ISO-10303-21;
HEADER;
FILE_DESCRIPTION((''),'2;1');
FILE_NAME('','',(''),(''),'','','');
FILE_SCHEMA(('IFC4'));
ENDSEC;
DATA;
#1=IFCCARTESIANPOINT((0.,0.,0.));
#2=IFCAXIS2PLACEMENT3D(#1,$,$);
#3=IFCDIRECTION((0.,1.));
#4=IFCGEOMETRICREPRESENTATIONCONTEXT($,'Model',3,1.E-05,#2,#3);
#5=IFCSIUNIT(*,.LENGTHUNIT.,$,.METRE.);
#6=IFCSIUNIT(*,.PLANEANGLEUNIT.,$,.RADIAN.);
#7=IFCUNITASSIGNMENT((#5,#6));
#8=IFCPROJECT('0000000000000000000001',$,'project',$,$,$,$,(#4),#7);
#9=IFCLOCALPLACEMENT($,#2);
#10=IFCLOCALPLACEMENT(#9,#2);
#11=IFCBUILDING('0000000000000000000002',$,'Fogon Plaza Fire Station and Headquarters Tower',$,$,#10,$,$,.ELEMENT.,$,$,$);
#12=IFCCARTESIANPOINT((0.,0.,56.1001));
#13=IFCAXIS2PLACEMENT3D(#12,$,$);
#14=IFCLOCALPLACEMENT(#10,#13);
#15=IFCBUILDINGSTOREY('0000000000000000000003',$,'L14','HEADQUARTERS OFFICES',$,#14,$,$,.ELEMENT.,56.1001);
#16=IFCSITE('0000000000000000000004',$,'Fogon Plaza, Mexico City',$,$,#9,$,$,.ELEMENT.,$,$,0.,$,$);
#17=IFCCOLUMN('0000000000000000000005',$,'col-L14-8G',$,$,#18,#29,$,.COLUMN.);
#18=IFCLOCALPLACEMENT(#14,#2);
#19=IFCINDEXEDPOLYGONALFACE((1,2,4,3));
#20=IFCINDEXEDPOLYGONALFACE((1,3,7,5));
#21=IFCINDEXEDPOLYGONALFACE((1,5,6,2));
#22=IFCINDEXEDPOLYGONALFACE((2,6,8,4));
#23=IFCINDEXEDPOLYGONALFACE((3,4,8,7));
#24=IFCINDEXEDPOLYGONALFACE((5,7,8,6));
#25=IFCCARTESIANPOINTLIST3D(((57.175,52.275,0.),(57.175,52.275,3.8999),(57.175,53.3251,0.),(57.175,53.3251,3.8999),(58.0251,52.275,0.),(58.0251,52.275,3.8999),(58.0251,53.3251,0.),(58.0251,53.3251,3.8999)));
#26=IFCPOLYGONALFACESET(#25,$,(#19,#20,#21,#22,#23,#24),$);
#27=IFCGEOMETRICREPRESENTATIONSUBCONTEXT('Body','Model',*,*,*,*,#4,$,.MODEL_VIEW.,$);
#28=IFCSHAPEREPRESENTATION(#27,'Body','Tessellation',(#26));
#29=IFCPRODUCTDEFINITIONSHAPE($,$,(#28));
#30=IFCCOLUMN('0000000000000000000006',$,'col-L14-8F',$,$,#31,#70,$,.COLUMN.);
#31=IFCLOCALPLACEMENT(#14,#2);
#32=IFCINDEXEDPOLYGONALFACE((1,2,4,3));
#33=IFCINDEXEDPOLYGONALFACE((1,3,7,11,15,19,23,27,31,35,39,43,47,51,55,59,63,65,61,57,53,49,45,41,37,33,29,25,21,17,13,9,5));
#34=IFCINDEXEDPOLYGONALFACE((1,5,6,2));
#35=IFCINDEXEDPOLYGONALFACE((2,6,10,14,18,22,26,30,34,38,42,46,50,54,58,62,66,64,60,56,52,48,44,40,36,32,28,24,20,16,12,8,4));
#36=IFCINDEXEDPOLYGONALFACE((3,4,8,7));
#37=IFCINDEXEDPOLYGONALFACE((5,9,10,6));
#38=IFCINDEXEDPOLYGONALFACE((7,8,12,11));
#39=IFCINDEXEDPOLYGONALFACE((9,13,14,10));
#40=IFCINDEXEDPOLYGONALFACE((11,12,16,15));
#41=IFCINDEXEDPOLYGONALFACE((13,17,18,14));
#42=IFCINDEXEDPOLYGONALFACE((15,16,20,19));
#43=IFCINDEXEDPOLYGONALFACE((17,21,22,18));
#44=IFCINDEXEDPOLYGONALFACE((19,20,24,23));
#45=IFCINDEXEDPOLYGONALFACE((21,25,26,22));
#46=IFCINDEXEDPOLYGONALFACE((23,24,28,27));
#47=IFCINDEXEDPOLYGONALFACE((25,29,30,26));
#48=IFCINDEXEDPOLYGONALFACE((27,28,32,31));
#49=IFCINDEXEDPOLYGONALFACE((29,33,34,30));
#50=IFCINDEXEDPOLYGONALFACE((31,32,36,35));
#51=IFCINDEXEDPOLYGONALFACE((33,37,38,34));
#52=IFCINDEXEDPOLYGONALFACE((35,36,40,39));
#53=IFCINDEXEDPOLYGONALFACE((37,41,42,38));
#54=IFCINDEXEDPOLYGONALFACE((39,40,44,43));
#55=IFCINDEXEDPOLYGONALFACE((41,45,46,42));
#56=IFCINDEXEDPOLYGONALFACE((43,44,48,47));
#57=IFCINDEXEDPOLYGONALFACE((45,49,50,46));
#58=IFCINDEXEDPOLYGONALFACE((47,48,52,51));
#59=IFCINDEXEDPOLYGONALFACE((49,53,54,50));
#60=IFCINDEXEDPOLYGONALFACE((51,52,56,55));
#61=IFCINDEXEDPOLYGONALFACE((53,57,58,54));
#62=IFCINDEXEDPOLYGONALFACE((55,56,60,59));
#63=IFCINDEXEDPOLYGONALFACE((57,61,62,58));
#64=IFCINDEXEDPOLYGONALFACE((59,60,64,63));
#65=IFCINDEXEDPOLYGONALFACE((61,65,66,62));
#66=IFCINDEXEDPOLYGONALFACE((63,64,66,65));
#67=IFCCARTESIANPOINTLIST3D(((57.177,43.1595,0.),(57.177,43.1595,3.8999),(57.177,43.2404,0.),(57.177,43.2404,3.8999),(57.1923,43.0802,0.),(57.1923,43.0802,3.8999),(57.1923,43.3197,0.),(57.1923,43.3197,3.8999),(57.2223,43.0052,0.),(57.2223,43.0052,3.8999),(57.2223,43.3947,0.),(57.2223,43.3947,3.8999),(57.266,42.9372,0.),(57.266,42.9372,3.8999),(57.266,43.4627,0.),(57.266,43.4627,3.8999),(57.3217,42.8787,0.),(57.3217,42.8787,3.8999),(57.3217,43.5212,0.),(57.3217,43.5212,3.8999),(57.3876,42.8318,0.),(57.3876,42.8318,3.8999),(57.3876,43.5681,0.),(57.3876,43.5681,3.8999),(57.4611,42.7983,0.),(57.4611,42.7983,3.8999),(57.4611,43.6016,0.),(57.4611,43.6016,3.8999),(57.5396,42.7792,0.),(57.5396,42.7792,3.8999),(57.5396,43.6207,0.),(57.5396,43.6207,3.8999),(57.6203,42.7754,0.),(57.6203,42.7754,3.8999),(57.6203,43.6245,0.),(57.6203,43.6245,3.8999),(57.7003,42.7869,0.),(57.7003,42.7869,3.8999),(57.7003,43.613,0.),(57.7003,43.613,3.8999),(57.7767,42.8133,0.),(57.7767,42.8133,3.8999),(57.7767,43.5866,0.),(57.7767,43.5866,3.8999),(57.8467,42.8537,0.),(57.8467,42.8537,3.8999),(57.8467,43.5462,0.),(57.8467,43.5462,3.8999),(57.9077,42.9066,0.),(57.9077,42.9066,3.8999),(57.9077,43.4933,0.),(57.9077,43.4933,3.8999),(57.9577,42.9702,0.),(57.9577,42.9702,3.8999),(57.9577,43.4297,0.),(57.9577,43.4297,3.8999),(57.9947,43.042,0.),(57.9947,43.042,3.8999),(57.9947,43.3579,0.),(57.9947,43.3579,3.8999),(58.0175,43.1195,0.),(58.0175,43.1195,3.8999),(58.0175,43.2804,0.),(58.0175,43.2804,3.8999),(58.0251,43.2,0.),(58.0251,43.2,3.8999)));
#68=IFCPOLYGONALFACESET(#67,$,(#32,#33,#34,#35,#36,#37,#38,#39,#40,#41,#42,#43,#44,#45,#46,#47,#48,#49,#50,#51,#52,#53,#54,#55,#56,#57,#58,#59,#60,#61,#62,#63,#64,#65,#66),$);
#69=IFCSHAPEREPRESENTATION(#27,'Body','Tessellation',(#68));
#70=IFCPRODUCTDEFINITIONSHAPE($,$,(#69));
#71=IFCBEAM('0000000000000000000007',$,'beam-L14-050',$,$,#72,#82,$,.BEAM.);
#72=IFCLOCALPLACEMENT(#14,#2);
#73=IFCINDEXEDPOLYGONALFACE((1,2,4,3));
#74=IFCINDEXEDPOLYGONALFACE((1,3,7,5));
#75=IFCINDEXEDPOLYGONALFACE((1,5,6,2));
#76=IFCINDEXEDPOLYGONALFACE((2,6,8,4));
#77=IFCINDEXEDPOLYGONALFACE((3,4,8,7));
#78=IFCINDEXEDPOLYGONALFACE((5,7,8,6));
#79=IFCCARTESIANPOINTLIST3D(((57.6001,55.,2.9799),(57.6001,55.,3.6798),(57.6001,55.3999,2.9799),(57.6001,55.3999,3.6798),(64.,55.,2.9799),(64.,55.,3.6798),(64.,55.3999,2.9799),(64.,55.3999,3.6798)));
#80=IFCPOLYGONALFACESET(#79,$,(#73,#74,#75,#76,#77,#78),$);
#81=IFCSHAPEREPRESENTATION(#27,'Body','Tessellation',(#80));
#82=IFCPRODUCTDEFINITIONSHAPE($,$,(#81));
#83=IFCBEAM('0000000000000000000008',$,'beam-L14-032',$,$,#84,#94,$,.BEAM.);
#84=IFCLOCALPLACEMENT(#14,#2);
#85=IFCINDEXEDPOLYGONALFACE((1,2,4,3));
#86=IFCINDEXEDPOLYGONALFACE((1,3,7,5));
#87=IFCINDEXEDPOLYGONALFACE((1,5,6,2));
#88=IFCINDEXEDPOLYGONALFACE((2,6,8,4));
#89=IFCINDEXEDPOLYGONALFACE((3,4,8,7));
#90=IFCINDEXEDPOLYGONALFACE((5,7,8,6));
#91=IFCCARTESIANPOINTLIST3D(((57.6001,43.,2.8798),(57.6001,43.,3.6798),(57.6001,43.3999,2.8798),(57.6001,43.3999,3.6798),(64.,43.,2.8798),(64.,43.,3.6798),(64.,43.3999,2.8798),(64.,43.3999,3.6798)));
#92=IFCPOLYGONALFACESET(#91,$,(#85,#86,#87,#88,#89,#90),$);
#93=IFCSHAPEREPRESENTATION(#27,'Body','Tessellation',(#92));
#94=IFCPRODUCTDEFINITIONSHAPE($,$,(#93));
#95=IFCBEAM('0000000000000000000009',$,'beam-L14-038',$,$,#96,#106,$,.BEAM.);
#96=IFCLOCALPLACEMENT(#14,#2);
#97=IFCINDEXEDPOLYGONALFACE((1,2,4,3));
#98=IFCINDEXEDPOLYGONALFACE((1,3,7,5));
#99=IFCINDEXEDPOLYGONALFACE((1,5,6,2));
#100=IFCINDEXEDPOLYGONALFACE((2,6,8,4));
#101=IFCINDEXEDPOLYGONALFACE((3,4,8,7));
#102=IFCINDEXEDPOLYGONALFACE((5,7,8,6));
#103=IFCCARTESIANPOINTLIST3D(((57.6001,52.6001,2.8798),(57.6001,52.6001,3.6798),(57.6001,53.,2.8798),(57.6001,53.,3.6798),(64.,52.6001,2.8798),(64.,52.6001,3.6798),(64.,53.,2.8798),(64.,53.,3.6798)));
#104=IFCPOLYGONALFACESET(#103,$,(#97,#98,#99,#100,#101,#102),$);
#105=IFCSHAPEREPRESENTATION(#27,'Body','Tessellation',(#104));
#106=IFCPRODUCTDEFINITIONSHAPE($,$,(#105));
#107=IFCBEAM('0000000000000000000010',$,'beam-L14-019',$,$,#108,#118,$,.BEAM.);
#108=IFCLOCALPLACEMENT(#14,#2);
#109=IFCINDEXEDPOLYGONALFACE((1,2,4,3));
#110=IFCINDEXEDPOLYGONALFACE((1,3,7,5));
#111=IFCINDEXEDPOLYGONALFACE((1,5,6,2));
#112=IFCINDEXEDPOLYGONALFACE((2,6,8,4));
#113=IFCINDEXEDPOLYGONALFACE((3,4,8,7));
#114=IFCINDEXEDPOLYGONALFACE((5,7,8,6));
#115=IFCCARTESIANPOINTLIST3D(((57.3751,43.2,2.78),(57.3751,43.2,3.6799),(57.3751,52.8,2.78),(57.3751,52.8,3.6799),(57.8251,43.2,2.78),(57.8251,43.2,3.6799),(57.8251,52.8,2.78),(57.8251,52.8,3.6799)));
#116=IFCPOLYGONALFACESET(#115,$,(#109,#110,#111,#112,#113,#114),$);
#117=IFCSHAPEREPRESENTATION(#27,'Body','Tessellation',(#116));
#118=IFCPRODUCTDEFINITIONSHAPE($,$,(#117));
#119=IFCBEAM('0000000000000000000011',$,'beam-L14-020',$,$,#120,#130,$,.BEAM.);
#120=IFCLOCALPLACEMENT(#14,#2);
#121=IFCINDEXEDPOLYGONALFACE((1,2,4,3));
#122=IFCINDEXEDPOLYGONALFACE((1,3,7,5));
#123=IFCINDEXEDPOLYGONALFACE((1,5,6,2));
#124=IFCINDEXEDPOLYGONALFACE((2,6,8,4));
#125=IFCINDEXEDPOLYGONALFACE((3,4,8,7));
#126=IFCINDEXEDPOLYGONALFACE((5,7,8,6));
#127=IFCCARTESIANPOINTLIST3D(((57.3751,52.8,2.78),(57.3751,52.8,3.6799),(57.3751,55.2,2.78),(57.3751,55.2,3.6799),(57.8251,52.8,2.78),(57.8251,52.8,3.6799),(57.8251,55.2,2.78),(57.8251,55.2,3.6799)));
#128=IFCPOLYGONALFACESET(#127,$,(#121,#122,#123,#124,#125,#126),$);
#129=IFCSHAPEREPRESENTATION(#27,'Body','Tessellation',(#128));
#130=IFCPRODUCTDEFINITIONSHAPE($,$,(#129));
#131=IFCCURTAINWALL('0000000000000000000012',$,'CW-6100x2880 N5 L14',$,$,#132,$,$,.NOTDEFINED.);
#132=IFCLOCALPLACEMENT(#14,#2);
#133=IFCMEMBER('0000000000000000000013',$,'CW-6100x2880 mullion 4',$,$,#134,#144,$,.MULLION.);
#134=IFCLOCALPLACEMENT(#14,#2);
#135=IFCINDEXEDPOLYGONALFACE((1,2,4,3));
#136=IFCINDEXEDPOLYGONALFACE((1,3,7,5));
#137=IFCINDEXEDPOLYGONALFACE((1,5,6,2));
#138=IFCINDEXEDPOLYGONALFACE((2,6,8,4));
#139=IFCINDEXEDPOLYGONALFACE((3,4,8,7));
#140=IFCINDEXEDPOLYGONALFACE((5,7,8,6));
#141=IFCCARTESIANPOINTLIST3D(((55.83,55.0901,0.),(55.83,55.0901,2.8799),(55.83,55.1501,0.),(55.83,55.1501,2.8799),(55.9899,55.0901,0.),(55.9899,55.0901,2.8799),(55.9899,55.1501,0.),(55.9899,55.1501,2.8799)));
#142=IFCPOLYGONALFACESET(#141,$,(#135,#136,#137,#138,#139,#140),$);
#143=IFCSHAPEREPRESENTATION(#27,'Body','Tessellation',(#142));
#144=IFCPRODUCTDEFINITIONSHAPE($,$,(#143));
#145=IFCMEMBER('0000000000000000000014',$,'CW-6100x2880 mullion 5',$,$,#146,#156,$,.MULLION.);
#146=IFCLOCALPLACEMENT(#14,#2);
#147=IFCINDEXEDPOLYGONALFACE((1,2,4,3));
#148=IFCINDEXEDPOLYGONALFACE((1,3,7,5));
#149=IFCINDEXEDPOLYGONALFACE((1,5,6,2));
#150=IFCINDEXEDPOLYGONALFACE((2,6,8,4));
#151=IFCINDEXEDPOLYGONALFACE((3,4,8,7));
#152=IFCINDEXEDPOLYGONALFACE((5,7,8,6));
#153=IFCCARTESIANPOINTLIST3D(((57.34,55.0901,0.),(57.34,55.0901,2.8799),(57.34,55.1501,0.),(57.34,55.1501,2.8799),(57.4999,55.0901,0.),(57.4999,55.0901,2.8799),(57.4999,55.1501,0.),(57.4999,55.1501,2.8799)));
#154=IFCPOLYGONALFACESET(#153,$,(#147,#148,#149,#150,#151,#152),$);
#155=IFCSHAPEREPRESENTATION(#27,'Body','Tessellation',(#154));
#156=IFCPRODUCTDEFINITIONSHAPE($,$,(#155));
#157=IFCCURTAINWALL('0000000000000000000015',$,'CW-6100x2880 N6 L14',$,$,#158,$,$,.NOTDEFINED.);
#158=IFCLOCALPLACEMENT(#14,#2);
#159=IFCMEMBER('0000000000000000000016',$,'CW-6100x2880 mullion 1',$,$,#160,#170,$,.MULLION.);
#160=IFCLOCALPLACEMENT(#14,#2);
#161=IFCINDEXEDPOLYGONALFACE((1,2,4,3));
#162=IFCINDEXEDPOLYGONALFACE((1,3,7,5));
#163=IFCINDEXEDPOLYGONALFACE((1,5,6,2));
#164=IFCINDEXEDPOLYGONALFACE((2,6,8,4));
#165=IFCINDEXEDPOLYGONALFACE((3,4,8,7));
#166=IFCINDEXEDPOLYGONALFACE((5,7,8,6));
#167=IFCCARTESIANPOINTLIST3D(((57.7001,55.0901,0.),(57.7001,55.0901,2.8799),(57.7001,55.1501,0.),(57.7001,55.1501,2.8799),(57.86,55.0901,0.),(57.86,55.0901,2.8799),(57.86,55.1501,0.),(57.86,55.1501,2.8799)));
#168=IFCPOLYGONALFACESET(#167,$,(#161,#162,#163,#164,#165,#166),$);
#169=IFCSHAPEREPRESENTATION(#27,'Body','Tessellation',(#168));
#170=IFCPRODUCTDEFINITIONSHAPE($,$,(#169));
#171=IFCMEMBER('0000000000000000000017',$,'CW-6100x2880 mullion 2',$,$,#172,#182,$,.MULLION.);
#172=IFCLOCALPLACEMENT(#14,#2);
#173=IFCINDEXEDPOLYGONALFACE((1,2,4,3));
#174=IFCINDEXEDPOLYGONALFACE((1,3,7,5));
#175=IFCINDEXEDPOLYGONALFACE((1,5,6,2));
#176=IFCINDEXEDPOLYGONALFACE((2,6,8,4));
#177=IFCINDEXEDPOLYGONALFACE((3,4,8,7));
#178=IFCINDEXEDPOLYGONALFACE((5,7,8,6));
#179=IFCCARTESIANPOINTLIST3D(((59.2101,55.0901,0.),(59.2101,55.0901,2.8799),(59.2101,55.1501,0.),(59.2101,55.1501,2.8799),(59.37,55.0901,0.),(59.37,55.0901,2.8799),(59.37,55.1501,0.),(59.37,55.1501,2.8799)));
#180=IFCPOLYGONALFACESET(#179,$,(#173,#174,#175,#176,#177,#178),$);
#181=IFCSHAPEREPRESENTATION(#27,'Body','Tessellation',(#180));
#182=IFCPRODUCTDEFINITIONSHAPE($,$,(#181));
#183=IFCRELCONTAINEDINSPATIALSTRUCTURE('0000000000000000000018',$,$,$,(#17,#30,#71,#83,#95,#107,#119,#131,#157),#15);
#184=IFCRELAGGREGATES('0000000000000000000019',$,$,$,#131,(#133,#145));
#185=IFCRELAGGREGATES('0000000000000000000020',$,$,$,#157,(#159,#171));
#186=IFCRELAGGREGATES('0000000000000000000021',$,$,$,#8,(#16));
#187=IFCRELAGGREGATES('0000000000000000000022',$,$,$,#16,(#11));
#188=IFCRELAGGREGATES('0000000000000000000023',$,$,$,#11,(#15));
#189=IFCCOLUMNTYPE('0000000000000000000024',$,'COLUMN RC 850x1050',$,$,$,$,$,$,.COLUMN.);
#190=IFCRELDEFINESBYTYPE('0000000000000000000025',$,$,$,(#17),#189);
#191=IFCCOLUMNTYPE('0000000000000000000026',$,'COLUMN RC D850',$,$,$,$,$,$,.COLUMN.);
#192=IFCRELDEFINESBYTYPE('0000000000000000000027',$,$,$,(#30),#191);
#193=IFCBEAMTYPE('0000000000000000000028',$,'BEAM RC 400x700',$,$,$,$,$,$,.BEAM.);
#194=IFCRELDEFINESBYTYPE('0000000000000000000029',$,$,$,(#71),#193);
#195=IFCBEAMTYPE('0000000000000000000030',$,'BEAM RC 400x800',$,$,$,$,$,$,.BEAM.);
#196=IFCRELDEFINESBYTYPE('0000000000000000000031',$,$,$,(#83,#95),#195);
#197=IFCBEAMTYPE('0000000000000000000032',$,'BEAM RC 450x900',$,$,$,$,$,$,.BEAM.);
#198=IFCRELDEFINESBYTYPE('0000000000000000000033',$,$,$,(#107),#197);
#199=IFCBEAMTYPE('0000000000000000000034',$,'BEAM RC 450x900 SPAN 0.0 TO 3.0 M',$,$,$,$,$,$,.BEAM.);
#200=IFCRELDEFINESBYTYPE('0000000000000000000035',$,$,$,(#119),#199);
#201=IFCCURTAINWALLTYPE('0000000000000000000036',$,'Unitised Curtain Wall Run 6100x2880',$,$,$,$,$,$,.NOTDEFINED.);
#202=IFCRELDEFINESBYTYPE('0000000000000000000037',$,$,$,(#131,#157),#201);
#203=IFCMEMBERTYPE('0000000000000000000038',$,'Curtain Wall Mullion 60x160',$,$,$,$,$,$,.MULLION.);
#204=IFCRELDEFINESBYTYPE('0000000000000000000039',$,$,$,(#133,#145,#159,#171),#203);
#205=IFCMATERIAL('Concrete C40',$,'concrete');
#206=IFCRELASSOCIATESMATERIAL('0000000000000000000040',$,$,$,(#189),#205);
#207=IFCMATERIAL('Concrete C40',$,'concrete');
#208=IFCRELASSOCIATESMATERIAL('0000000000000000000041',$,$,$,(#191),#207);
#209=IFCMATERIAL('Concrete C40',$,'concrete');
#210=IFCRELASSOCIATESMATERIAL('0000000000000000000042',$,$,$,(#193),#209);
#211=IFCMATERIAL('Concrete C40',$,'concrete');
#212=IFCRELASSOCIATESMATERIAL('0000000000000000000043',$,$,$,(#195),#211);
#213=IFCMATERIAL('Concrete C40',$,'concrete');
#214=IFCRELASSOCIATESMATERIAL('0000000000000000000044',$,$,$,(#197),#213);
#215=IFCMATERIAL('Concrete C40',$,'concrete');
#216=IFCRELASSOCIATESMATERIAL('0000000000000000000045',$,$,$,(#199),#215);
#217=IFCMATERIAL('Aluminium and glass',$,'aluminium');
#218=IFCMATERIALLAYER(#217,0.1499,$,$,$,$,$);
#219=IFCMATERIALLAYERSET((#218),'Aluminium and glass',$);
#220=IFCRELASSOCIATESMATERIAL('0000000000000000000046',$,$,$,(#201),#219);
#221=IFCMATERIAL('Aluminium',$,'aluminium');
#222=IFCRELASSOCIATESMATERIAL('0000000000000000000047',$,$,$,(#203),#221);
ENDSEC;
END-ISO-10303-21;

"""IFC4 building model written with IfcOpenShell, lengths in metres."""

from ifc_helpers import new_model, si_unit, direction, frame, origin, origin_2d, place, context, subcontext, project, spatial, rectangle, circle, extrude, material, layer, layer_set, material_profile, profile_set, type_object, element, aggregate, save


model = new_model("IFC4")

# Units and contexts
model_context = context("Model", 3, precision=1e-05, world=origin(), true_north=direction((0.0, 1.0)))
body_context = subcontext(model_context, "Body", "Model", "MODEL_VIEW")
ifc_project = project(units=[si_unit("LENGTHUNIT", "METRE"), si_unit("PLANEANGLEUNIT", "RADIAN")], contexts=[model_context])

# Site, building, storey
site_placement = place(None, origin())
site = spatial("IfcSite", under=ifc_project, at=site_placement, Name="Fogon Plaza, Mexico City", CompositionType="ELEMENT", RefElevation=0.0)
building_placement = place(site_placement, origin())
building = spatial("IfcBuilding", under=site, at=building_placement, Name="Fogon Plaza Fire Station and Headquarters Tower", CompositionType="ELEMENT")
storey_placement = place(building_placement, frame((0.0, 0.0, 56.1001)))
storey = spatial("IfcBuildingStorey", under=building, at=storey_placement, Name="L14", Description="HEADQUARTERS OFFICES", CompositionType="ELEMENT", Elevation=56.1001)

# Columns
ifc_material_1 = material(Name="Concrete C40", Category="concrete")
ifc_material_profile_1 = material_profile(ifc_material_1, rectangle(XDim=0.8501, YDim=1.05, at=origin_2d()), Name="RC 850x1050")
ifc_profile_set_1 = profile_set([ifc_material_profile_1], Name="Concrete C40")
column_type_1 = type_object("IfcColumnType", Name="COLUMN RC 850x1050", PredefinedType="COLUMN", material=ifc_profile_set_1)
column_1_placement = place(storey_placement, frame((57.6001, 52.8, 0.0), z_axis=(0.0, 0.0, 1.0), x_axis=(1.0, 0.0, 0.0)))
element("IfcColumn", 1, at=column_1_placement, inside=storey, type_object=column_type_1, Name="col-L14-8G", PredefinedType="COLUMN", context=body_context, shape_type="SweptSolid", body=[
    extrude(rectangle(XDim=0.8501, YDim=1.05, at=origin_2d()), origin(), (0.0, 0.0, 1.0), 3.8999),
])
ifc_material_2 = material(Name="Concrete C40", Category="concrete")
ifc_material_profile_2 = material_profile(ifc_material_2, circle(Radius=0.425, at=origin_2d()), Name="RC D850")
ifc_profile_set_2 = profile_set([ifc_material_profile_2], Name="Concrete C40")
column_type_2 = type_object("IfcColumnType", Name="COLUMN RC D850", PredefinedType="COLUMN", material=ifc_profile_set_2)
column_2_placement = place(storey_placement, frame((57.6001, 43.2, 0.0), z_axis=(0.0, 0.0, 1.0), x_axis=(1.0, 0.0, 0.0)))
element("IfcColumn", 2, at=column_2_placement, inside=storey, type_object=column_type_2, Name="col-L14-8F", PredefinedType="COLUMN", context=body_context, shape_type="SweptSolid", body=[
    extrude(circle(Radius=0.425, at=origin_2d()), origin(), (0.0, 0.0, 1.0), 3.8999),
])

# Beams
ifc_material_3 = material(Name="Concrete C40", Category="concrete")
ifc_material_profile_3 = material_profile(ifc_material_3, rectangle(XDim=0.3999, YDim=0.7, at=origin_2d()), Name="RC 400x700")
ifc_profile_set_3 = profile_set([ifc_material_profile_3], Name="Concrete C40")
beam_type_1 = type_object("IfcBeamType", Name="BEAM RC 400x700", PredefinedType="BEAM", material=ifc_profile_set_3)
beam_1_placement = place(storey_placement, frame((57.6001, 55.2, 3.3298), z_axis=(1.0, 0.0, 0.0), x_axis=(0.0, 1.0, 0.0)))
element("IfcBeam", 3, at=beam_1_placement, inside=storey, type_object=beam_type_1, Name="beam-L14-050", PredefinedType="BEAM", context=body_context, shape_type="SweptSolid", body=[
    extrude(rectangle(XDim=0.3999, YDim=0.7, at=origin_2d()), origin(), (0.0, 0.0, 1.0), 6.3999),
])
ifc_material_4 = material(Name="Concrete C40", Category="concrete")
ifc_material_profile_4 = material_profile(ifc_material_4, rectangle(XDim=0.3999, YDim=0.8, at=origin_2d()), Name="RC 400x800")
ifc_profile_set_4 = profile_set([ifc_material_profile_4], Name="Concrete C40")
beam_type_2 = type_object("IfcBeamType", Name="BEAM RC 400x800", PredefinedType="BEAM", material=ifc_profile_set_4)
for number, where, z_axis, x_axis, name in (
    (4, (57.6001, 43.2, 3.2798), (1.0, 0.0, 0.0), (0.0, 1.0, 0.0), "beam-L14-032"),
    (5, (57.6001, 52.8, 3.2798), (1.0, 0.0, 0.0), (0.0, 1.0, 0.0), "beam-L14-038"),
):
    element("IfcBeam", number, at=place(storey_placement, frame(where, z_axis=z_axis, x_axis=x_axis)), inside=storey, type_object=beam_type_2, Name=name, PredefinedType="BEAM", context=body_context, shape_type="SweptSolid", body=[
        extrude(rectangle(XDim=0.3999, YDim=0.8, at=origin_2d()), origin(), (0.0, 0.0, 1.0), 6.3999),
    ])
ifc_material_5 = material(Name="Concrete C40", Category="concrete")
ifc_material_profile_5 = material_profile(ifc_material_5, rectangle(XDim=0.45, YDim=0.8999, at=origin_2d()), Name="RC 450x900")
ifc_profile_set_5 = profile_set([ifc_material_profile_5], Name="Concrete C40")
beam_type_3 = type_object("IfcBeamType", Name="BEAM RC 450x900", PredefinedType="BEAM", material=ifc_profile_set_5)
beam_2_placement = place(storey_placement, frame((57.6001, 43.2, 3.23), z_axis=(0.0, 1.0, 0.0), x_axis=(-1.0, 0.0, 0.0)))
element("IfcBeam", 6, at=beam_2_placement, inside=storey, type_object=beam_type_3, Name="beam-L14-019", PredefinedType="BEAM", context=body_context, shape_type="SweptSolid", body=[
    extrude(rectangle(XDim=0.45, YDim=0.8999, at=origin_2d()), origin(), (0.0, 0.0, 1.0), 9.6001),
])
ifc_material_6 = material(Name="Concrete C40", Category="concrete")
ifc_material_profile_6 = material_profile(ifc_material_6, rectangle(XDim=0.45, YDim=0.8999, at=origin_2d()), Name="RC 450x900")
ifc_profile_set_6 = profile_set([ifc_material_profile_6], Name="Concrete C40")
beam_type_4 = type_object("IfcBeamType", Name="BEAM RC 450x900 SPAN 0.0 TO 3.0 M", PredefinedType="BEAM", material=ifc_profile_set_6)
beam_3_placement = place(storey_placement, frame((57.6001, 52.8, 3.23), z_axis=(0.0, 1.0, 0.0), x_axis=(-1.0, 0.0, 0.0)))
element("IfcBeam", 7, at=beam_3_placement, inside=storey, type_object=beam_type_4, Name="beam-L14-020", PredefinedType="BEAM", context=body_context, shape_type="SweptSolid", body=[
    extrude(rectangle(XDim=0.45, YDim=0.8999, at=origin_2d()), origin(), (0.0, 0.0, 1.0), 2.3999),
])

# Curtain walls, members
ifc_material_7 = material(Name="Aluminium and glass", Category="aluminium")
ifc_layer_1 = layer(ifc_material_7, 0.1499)
ifc_layer_set_1 = layer_set([ifc_layer_1], Name="Aluminium and glass")
curtain_wall_type = type_object("IfcCurtainWallType", Name="Unitised Curtain Wall Run 6100x2880", PredefinedType="NOTDEFINED", material=ifc_layer_set_1)
curtain_wall_1_placement = place(storey_placement, origin())
curtain_wall_1 = element("IfcCurtainWall", 8, at=curtain_wall_1_placement, inside=storey, type_object=curtain_wall_type, Name="CW-6100x2880 N5 L14", PredefinedType="NOTDEFINED")
ifc_material_8 = material(Name="Aluminium", Category="aluminium")
ifc_material_profile_7 = material_profile(ifc_material_8, rectangle(XDim=0.0601, YDim=0.1599, at=origin_2d()), Name="Curtain Wall Mullion 60x160")
ifc_profile_set_7 = profile_set([ifc_material_profile_7], Name="Aluminium")
member_type_1 = type_object("IfcMemberType", Name="Curtain Wall Mullion 60x160", PredefinedType="MULLION", material=ifc_profile_set_7)
member_1_placement = place(storey_placement, frame((55.9099, 55.1201, 0.0), z_axis=(0.0, 0.0, 1.0), x_axis=(0.0, 1.0, 0.0)))
member_1 = element("IfcMember", 9, at=member_1_placement, type_object=member_type_1, Name="CW-6100x2880 mullion 4", PredefinedType="MULLION", context=body_context, shape_type="SweptSolid", body=[
    extrude(rectangle(XDim=0.0601, YDim=0.1599, at=origin_2d()), origin(), (0.0, 0.0, 1.0), 2.8799),
])
member_2_placement = place(storey_placement, frame((57.4199, 55.1201, 0.0), z_axis=(0.0, 0.0, 1.0), x_axis=(0.0, 1.0, 0.0)))
member_2 = element("IfcMember", 10, at=member_2_placement, type_object=member_type_1, Name="CW-6100x2880 mullion 5", PredefinedType="MULLION", context=body_context, shape_type="SweptSolid", body=[
    extrude(rectangle(XDim=0.0601, YDim=0.1599, at=origin_2d()), origin(), (0.0, 0.0, 1.0), 2.8799),
])
curtain_wall_2_placement = place(storey_placement, origin())
curtain_wall_2 = element("IfcCurtainWall", 11, at=curtain_wall_2_placement, inside=storey, type_object=curtain_wall_type, Name="CW-6100x2880 N6 L14", PredefinedType="NOTDEFINED")
member_3_placement = place(storey_placement, frame((57.78, 55.1201, 0.0), z_axis=(0.0, 0.0, 1.0), x_axis=(0.0, 1.0, 0.0)))
member_3 = element("IfcMember", 12, at=member_3_placement, type_object=member_type_1, Name="CW-6100x2880 mullion 1", PredefinedType="MULLION", context=body_context, shape_type="SweptSolid", body=[
    extrude(rectangle(XDim=0.0601, YDim=0.1599, at=origin_2d()), origin(), (0.0, 0.0, 1.0), 2.8799),
])
member_4_placement = place(storey_placement, frame((59.29, 55.1201, 0.0), z_axis=(0.0, 0.0, 1.0), x_axis=(0.0, 1.0, 0.0)))
member_4 = element("IfcMember", 13, at=member_4_placement, type_object=member_type_1, Name="CW-6100x2880 mullion 2", PredefinedType="MULLION", context=body_context, shape_type="SweptSolid", body=[
    extrude(rectangle(XDim=0.0601, YDim=0.1599, at=origin_2d()), origin(), (0.0, 0.0, 1.0), 2.8799),
])

aggregate(curtain_wall_1, [member_1, member_2])
aggregate(curtain_wall_2, [member_3, member_4])

save(model, "model.ifc")
